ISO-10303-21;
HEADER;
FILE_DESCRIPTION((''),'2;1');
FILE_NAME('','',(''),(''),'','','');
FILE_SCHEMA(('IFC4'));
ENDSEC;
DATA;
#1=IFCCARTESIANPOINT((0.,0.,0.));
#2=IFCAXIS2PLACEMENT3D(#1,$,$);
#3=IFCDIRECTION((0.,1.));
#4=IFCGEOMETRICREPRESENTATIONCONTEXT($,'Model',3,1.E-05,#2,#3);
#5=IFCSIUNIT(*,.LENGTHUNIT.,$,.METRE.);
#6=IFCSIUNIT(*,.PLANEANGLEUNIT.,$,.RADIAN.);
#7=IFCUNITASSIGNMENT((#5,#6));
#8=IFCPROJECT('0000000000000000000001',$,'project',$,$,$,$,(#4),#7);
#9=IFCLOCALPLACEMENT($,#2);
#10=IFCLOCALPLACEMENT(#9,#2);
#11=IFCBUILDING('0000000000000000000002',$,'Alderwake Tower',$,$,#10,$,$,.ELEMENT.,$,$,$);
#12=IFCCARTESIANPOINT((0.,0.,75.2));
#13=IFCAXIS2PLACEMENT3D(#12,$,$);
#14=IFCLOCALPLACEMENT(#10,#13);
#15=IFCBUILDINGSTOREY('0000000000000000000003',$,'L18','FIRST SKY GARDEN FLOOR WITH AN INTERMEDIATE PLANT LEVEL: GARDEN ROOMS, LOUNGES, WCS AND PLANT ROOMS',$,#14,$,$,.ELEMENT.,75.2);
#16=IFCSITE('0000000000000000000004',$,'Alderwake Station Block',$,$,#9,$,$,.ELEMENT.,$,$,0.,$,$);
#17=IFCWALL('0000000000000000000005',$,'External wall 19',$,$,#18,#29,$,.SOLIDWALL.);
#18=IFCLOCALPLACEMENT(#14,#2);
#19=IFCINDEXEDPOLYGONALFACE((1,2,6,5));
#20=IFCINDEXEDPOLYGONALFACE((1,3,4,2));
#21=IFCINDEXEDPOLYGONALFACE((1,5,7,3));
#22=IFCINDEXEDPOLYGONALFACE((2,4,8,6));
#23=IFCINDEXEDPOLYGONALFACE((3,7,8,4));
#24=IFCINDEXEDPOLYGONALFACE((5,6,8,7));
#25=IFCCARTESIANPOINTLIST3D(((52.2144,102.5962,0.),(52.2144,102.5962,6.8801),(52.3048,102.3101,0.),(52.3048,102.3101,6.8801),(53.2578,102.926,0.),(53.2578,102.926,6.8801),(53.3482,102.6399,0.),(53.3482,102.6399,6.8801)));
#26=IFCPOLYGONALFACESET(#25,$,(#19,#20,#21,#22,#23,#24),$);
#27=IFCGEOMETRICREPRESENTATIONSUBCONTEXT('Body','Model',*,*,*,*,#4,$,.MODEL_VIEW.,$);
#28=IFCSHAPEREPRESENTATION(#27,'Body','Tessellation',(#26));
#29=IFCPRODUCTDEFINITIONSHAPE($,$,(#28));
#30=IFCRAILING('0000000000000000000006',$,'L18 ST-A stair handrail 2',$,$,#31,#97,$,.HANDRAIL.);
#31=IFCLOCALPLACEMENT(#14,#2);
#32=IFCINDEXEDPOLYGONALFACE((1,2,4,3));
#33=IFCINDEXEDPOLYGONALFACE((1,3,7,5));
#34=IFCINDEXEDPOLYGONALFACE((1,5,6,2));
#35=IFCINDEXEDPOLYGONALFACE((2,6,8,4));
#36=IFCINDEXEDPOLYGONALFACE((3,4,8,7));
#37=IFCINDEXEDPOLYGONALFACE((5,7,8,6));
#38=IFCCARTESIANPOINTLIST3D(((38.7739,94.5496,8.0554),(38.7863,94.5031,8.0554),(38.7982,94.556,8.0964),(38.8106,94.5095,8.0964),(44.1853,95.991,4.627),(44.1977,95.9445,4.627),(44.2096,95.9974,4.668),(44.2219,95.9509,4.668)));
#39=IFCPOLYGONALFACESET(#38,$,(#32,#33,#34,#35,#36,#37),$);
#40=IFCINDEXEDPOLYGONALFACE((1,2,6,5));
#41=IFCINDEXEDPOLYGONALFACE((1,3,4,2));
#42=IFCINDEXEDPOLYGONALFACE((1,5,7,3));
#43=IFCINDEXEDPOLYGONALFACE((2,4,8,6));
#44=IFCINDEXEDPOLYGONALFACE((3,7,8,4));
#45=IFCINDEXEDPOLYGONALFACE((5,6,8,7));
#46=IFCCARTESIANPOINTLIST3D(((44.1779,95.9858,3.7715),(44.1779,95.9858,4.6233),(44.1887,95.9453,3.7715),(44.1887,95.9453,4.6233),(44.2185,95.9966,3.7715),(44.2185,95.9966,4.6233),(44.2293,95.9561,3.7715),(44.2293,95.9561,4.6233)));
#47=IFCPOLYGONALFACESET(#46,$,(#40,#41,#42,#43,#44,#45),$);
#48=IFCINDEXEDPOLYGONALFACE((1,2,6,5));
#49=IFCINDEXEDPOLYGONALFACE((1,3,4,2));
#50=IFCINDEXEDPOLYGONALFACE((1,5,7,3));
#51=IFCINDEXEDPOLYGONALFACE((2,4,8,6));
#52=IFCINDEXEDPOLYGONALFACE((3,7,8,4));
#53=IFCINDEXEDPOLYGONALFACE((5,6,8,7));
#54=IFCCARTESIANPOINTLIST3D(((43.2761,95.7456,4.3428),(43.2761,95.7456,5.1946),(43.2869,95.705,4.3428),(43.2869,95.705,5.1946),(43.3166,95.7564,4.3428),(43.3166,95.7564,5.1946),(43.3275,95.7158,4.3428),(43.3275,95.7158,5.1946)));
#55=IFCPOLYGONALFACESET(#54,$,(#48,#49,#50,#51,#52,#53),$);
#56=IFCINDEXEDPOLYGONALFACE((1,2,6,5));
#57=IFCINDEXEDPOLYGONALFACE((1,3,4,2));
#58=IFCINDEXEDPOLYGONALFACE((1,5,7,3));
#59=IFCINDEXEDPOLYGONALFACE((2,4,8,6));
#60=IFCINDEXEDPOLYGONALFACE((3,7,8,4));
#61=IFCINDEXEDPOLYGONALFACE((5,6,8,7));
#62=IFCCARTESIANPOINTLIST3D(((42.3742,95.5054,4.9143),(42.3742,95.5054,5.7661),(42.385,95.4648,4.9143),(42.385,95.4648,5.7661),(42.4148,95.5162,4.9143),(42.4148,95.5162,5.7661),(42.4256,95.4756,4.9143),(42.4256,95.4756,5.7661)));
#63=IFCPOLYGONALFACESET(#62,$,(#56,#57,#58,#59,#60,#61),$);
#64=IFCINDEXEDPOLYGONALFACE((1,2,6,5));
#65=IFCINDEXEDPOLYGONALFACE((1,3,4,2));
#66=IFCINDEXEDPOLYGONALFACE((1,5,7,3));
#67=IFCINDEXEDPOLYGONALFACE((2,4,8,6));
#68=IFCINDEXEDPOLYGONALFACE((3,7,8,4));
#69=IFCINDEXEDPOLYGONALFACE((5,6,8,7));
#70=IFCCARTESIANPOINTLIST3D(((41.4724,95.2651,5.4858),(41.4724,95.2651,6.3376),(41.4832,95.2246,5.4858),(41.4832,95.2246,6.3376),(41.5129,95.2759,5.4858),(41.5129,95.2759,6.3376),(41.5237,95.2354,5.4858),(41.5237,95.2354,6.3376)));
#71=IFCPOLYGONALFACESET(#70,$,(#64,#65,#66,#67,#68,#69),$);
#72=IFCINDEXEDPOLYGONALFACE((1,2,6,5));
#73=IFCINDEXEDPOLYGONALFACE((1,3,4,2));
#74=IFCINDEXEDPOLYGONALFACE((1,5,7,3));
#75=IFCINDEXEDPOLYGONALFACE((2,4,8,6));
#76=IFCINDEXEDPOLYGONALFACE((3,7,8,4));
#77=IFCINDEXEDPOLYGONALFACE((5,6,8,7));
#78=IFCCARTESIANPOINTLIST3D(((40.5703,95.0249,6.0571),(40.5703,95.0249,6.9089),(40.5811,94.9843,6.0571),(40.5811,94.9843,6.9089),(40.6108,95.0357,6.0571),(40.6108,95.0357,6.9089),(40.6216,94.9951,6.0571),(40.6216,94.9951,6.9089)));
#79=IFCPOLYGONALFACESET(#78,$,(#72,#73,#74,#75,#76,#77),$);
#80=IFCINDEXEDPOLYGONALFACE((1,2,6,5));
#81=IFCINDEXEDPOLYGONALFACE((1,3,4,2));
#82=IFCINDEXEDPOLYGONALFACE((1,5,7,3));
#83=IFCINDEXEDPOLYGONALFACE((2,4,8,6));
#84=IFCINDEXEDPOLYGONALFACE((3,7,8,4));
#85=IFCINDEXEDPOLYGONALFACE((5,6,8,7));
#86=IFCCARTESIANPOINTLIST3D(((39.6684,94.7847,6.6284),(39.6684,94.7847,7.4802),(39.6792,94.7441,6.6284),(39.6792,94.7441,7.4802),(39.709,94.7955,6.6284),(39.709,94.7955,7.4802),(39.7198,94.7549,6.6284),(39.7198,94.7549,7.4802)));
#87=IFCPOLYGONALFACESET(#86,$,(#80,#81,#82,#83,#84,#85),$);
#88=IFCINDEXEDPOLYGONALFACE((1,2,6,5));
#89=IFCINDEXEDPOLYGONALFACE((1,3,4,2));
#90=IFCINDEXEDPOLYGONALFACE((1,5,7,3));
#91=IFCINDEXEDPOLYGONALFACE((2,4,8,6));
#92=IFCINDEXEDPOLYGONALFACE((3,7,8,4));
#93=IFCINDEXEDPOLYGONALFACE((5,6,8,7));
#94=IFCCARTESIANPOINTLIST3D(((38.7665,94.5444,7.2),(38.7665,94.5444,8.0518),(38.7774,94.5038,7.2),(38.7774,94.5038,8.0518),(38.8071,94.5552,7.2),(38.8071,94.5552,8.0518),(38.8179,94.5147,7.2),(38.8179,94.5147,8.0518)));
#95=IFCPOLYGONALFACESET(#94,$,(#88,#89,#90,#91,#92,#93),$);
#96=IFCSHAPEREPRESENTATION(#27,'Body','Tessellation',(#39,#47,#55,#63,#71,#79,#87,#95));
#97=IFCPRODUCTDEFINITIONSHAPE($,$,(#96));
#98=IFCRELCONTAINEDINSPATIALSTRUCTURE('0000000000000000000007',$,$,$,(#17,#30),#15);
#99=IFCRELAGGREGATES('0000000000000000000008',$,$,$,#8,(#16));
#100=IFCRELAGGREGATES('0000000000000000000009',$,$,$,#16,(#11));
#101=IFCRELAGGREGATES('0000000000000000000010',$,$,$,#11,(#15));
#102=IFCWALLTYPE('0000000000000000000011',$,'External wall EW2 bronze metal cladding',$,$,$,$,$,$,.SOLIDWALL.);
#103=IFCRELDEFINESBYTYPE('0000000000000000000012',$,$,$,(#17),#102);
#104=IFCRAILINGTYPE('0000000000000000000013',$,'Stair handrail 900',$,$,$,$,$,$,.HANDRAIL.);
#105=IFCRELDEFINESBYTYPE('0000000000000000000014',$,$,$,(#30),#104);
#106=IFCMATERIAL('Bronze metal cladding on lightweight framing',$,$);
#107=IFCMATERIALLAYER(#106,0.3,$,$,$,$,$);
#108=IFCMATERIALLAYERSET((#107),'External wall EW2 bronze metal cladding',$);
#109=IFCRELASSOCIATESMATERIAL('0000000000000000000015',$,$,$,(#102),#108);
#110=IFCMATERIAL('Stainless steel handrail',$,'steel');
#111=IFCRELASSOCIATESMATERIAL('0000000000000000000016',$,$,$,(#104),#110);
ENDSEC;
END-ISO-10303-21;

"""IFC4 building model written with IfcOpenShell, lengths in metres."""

from ifc_helpers import new_model, si_unit, direction, frame, frame_2d, origin, origin_2d, place, context, subcontext, project, spatial, rectangle, extrude, material, layer, layer_set, type_object, element, save


model = new_model("IFC4")

# Units and contexts
model_context = context("Model", 3, precision=1e-05, world=origin(), true_north=direction((0.0, 1.0)))
body_context = subcontext(model_context, "Body", "Model", "MODEL_VIEW")
ifc_project = project(units=[si_unit("LENGTHUNIT", "METRE"), si_unit("PLANEANGLEUNIT", "RADIAN")], contexts=[model_context])

# Site, building, storey
site_placement = place(None, origin())
site = spatial("IfcSite", under=ifc_project, at=site_placement, Name="Alderwake Station Block", CompositionType="ELEMENT", RefElevation=0.0)
building_placement = place(site_placement, origin())
building = spatial("IfcBuilding", under=site, at=building_placement, Name="Alderwake Tower", CompositionType="ELEMENT")
storey_placement = place(building_placement, frame((0.0, 0.0, 75.2)))
storey = spatial("IfcBuildingStorey", under=building, at=storey_placement, Name="L18", Description="FIRST SKY GARDEN FLOOR WITH AN INTERMEDIATE PLANT LEVEL: GARDEN ROOMS, LOUNGES, WCS AND PLANT ROOMS", CompositionType="ELEMENT", Elevation=75.2)

# Wall
ifc_material_1 = material(Name="Bronze metal cladding on lightweight framing")
ifc_layer_1 = layer(ifc_material_1, 0.3)
ifc_layer_set_1 = layer_set([ifc_layer_1], Name="External wall EW2 bronze metal cladding")
wall_type_1 = type_object("IfcWallType", Name="External wall EW2 bronze metal cladding", PredefinedType="SOLIDWALL", material=ifc_layer_set_1)
wall_1_placement = place(storey_placement, frame((53.303, 102.783, 0.0), z_axis=(0.0, 0.0, 1.0), x_axis=(-0.953498, -0.301398, 0.0)))
element("IfcWall", 1, at=wall_1_placement, inside=storey, type_object=wall_type_1, Name="External wall 19", PredefinedType="SOLIDWALL", context=body_context, shape_type="SweptSolid", body=[
    extrude(rectangle(XDim=1.0942, YDim=0.3, at=frame_2d((0.5471, 0.0))), origin(), (0.0, 0.0, 1.0), 6.8801),
])

# Railing
ifc_material_2 = material(Name="Stainless steel handrail", Category="steel")
railing_type = type_object("IfcRailingType", Name="Stair handrail 900", PredefinedType="HANDRAIL", material=ifc_material_2)
railing_placement = place(storey_placement, frame((44.2036, 95.9709, 3.7715)))
element("IfcRailing", 2, at=railing_placement, inside=storey, type_object=railing_type, Name="L18 ST-A stair handrail 2", PredefinedType="HANDRAIL", context=body_context, shape_type="SweptSolid", body=[
    extrude(rectangle(XDim=0.0481, YDim=0.0481, at=origin_2d()), frame((0.0, 0.0, 0.876), z_axis=(-0.824126, -0.219519, 0.522138), x_axis=(0.257391, -0.966307, 0.0)), (0.0, 0.0, 1.0), 6.5662),
    extrude(rectangle(XDim=0.042, YDim=0.042, at=origin_2d()), frame((0.0, 0.0, 0.0), z_axis=(0.0, 0.0, 1.0), x_axis=(-0.966307, -0.257391, 0.0)), (0.0, 0.0, 1.0), 0.8518),
    extrude(rectangle(XDim=0.042, YDim=0.042, at=origin_2d()), frame((-0.9019, -0.2402, 0.5713), z_axis=(0.0, 0.0, 1.0), x_axis=(-0.966307, -0.257391, 0.0)), (0.0, 0.0, 1.0), 0.8518),
    extrude(rectangle(XDim=0.042, YDim=0.042, at=origin_2d()), frame((-1.8037, -0.4805, 1.1428), z_axis=(0.0, 0.0, 1.0), x_axis=(-0.966307, -0.257391, 0.0)), (0.0, 0.0, 1.0), 0.8518),
    extrude(rectangle(XDim=0.042, YDim=0.042, at=origin_2d()), frame((-2.7056, -0.7207, 1.7144), z_axis=(0.0, 0.0, 1.0), x_axis=(-0.966307, -0.257391, 0.0)), (0.0, 0.0, 1.0), 0.8518),
    extrude(rectangle(XDim=0.042, YDim=0.042, at=origin_2d()), frame((-3.6077, -0.9609, 2.2856), z_axis=(0.0, 0.0, 1.0), x_axis=(-0.966307, -0.257391, 0.0)), (0.0, 0.0, 1.0), 0.8518),
    extrude(rectangle(XDim=0.042, YDim=0.042, at=origin_2d()), frame((-4.5095, -1.2012, 2.8569), z_axis=(0.0, 0.0, 1.0), x_axis=(-0.966307, -0.257391, 0.0)), (0.0, 0.0, 1.0), 0.8518),
    extrude(rectangle(XDim=0.042, YDim=0.042, at=origin_2d()), frame((-5.4114, -1.4414, 3.4285), z_axis=(0.0, 0.0, 1.0), x_axis=(-0.966307, -0.257391, 0.0)), (0.0, 0.0, 1.0), 0.8518),
])

save(model, "model.ifc")
